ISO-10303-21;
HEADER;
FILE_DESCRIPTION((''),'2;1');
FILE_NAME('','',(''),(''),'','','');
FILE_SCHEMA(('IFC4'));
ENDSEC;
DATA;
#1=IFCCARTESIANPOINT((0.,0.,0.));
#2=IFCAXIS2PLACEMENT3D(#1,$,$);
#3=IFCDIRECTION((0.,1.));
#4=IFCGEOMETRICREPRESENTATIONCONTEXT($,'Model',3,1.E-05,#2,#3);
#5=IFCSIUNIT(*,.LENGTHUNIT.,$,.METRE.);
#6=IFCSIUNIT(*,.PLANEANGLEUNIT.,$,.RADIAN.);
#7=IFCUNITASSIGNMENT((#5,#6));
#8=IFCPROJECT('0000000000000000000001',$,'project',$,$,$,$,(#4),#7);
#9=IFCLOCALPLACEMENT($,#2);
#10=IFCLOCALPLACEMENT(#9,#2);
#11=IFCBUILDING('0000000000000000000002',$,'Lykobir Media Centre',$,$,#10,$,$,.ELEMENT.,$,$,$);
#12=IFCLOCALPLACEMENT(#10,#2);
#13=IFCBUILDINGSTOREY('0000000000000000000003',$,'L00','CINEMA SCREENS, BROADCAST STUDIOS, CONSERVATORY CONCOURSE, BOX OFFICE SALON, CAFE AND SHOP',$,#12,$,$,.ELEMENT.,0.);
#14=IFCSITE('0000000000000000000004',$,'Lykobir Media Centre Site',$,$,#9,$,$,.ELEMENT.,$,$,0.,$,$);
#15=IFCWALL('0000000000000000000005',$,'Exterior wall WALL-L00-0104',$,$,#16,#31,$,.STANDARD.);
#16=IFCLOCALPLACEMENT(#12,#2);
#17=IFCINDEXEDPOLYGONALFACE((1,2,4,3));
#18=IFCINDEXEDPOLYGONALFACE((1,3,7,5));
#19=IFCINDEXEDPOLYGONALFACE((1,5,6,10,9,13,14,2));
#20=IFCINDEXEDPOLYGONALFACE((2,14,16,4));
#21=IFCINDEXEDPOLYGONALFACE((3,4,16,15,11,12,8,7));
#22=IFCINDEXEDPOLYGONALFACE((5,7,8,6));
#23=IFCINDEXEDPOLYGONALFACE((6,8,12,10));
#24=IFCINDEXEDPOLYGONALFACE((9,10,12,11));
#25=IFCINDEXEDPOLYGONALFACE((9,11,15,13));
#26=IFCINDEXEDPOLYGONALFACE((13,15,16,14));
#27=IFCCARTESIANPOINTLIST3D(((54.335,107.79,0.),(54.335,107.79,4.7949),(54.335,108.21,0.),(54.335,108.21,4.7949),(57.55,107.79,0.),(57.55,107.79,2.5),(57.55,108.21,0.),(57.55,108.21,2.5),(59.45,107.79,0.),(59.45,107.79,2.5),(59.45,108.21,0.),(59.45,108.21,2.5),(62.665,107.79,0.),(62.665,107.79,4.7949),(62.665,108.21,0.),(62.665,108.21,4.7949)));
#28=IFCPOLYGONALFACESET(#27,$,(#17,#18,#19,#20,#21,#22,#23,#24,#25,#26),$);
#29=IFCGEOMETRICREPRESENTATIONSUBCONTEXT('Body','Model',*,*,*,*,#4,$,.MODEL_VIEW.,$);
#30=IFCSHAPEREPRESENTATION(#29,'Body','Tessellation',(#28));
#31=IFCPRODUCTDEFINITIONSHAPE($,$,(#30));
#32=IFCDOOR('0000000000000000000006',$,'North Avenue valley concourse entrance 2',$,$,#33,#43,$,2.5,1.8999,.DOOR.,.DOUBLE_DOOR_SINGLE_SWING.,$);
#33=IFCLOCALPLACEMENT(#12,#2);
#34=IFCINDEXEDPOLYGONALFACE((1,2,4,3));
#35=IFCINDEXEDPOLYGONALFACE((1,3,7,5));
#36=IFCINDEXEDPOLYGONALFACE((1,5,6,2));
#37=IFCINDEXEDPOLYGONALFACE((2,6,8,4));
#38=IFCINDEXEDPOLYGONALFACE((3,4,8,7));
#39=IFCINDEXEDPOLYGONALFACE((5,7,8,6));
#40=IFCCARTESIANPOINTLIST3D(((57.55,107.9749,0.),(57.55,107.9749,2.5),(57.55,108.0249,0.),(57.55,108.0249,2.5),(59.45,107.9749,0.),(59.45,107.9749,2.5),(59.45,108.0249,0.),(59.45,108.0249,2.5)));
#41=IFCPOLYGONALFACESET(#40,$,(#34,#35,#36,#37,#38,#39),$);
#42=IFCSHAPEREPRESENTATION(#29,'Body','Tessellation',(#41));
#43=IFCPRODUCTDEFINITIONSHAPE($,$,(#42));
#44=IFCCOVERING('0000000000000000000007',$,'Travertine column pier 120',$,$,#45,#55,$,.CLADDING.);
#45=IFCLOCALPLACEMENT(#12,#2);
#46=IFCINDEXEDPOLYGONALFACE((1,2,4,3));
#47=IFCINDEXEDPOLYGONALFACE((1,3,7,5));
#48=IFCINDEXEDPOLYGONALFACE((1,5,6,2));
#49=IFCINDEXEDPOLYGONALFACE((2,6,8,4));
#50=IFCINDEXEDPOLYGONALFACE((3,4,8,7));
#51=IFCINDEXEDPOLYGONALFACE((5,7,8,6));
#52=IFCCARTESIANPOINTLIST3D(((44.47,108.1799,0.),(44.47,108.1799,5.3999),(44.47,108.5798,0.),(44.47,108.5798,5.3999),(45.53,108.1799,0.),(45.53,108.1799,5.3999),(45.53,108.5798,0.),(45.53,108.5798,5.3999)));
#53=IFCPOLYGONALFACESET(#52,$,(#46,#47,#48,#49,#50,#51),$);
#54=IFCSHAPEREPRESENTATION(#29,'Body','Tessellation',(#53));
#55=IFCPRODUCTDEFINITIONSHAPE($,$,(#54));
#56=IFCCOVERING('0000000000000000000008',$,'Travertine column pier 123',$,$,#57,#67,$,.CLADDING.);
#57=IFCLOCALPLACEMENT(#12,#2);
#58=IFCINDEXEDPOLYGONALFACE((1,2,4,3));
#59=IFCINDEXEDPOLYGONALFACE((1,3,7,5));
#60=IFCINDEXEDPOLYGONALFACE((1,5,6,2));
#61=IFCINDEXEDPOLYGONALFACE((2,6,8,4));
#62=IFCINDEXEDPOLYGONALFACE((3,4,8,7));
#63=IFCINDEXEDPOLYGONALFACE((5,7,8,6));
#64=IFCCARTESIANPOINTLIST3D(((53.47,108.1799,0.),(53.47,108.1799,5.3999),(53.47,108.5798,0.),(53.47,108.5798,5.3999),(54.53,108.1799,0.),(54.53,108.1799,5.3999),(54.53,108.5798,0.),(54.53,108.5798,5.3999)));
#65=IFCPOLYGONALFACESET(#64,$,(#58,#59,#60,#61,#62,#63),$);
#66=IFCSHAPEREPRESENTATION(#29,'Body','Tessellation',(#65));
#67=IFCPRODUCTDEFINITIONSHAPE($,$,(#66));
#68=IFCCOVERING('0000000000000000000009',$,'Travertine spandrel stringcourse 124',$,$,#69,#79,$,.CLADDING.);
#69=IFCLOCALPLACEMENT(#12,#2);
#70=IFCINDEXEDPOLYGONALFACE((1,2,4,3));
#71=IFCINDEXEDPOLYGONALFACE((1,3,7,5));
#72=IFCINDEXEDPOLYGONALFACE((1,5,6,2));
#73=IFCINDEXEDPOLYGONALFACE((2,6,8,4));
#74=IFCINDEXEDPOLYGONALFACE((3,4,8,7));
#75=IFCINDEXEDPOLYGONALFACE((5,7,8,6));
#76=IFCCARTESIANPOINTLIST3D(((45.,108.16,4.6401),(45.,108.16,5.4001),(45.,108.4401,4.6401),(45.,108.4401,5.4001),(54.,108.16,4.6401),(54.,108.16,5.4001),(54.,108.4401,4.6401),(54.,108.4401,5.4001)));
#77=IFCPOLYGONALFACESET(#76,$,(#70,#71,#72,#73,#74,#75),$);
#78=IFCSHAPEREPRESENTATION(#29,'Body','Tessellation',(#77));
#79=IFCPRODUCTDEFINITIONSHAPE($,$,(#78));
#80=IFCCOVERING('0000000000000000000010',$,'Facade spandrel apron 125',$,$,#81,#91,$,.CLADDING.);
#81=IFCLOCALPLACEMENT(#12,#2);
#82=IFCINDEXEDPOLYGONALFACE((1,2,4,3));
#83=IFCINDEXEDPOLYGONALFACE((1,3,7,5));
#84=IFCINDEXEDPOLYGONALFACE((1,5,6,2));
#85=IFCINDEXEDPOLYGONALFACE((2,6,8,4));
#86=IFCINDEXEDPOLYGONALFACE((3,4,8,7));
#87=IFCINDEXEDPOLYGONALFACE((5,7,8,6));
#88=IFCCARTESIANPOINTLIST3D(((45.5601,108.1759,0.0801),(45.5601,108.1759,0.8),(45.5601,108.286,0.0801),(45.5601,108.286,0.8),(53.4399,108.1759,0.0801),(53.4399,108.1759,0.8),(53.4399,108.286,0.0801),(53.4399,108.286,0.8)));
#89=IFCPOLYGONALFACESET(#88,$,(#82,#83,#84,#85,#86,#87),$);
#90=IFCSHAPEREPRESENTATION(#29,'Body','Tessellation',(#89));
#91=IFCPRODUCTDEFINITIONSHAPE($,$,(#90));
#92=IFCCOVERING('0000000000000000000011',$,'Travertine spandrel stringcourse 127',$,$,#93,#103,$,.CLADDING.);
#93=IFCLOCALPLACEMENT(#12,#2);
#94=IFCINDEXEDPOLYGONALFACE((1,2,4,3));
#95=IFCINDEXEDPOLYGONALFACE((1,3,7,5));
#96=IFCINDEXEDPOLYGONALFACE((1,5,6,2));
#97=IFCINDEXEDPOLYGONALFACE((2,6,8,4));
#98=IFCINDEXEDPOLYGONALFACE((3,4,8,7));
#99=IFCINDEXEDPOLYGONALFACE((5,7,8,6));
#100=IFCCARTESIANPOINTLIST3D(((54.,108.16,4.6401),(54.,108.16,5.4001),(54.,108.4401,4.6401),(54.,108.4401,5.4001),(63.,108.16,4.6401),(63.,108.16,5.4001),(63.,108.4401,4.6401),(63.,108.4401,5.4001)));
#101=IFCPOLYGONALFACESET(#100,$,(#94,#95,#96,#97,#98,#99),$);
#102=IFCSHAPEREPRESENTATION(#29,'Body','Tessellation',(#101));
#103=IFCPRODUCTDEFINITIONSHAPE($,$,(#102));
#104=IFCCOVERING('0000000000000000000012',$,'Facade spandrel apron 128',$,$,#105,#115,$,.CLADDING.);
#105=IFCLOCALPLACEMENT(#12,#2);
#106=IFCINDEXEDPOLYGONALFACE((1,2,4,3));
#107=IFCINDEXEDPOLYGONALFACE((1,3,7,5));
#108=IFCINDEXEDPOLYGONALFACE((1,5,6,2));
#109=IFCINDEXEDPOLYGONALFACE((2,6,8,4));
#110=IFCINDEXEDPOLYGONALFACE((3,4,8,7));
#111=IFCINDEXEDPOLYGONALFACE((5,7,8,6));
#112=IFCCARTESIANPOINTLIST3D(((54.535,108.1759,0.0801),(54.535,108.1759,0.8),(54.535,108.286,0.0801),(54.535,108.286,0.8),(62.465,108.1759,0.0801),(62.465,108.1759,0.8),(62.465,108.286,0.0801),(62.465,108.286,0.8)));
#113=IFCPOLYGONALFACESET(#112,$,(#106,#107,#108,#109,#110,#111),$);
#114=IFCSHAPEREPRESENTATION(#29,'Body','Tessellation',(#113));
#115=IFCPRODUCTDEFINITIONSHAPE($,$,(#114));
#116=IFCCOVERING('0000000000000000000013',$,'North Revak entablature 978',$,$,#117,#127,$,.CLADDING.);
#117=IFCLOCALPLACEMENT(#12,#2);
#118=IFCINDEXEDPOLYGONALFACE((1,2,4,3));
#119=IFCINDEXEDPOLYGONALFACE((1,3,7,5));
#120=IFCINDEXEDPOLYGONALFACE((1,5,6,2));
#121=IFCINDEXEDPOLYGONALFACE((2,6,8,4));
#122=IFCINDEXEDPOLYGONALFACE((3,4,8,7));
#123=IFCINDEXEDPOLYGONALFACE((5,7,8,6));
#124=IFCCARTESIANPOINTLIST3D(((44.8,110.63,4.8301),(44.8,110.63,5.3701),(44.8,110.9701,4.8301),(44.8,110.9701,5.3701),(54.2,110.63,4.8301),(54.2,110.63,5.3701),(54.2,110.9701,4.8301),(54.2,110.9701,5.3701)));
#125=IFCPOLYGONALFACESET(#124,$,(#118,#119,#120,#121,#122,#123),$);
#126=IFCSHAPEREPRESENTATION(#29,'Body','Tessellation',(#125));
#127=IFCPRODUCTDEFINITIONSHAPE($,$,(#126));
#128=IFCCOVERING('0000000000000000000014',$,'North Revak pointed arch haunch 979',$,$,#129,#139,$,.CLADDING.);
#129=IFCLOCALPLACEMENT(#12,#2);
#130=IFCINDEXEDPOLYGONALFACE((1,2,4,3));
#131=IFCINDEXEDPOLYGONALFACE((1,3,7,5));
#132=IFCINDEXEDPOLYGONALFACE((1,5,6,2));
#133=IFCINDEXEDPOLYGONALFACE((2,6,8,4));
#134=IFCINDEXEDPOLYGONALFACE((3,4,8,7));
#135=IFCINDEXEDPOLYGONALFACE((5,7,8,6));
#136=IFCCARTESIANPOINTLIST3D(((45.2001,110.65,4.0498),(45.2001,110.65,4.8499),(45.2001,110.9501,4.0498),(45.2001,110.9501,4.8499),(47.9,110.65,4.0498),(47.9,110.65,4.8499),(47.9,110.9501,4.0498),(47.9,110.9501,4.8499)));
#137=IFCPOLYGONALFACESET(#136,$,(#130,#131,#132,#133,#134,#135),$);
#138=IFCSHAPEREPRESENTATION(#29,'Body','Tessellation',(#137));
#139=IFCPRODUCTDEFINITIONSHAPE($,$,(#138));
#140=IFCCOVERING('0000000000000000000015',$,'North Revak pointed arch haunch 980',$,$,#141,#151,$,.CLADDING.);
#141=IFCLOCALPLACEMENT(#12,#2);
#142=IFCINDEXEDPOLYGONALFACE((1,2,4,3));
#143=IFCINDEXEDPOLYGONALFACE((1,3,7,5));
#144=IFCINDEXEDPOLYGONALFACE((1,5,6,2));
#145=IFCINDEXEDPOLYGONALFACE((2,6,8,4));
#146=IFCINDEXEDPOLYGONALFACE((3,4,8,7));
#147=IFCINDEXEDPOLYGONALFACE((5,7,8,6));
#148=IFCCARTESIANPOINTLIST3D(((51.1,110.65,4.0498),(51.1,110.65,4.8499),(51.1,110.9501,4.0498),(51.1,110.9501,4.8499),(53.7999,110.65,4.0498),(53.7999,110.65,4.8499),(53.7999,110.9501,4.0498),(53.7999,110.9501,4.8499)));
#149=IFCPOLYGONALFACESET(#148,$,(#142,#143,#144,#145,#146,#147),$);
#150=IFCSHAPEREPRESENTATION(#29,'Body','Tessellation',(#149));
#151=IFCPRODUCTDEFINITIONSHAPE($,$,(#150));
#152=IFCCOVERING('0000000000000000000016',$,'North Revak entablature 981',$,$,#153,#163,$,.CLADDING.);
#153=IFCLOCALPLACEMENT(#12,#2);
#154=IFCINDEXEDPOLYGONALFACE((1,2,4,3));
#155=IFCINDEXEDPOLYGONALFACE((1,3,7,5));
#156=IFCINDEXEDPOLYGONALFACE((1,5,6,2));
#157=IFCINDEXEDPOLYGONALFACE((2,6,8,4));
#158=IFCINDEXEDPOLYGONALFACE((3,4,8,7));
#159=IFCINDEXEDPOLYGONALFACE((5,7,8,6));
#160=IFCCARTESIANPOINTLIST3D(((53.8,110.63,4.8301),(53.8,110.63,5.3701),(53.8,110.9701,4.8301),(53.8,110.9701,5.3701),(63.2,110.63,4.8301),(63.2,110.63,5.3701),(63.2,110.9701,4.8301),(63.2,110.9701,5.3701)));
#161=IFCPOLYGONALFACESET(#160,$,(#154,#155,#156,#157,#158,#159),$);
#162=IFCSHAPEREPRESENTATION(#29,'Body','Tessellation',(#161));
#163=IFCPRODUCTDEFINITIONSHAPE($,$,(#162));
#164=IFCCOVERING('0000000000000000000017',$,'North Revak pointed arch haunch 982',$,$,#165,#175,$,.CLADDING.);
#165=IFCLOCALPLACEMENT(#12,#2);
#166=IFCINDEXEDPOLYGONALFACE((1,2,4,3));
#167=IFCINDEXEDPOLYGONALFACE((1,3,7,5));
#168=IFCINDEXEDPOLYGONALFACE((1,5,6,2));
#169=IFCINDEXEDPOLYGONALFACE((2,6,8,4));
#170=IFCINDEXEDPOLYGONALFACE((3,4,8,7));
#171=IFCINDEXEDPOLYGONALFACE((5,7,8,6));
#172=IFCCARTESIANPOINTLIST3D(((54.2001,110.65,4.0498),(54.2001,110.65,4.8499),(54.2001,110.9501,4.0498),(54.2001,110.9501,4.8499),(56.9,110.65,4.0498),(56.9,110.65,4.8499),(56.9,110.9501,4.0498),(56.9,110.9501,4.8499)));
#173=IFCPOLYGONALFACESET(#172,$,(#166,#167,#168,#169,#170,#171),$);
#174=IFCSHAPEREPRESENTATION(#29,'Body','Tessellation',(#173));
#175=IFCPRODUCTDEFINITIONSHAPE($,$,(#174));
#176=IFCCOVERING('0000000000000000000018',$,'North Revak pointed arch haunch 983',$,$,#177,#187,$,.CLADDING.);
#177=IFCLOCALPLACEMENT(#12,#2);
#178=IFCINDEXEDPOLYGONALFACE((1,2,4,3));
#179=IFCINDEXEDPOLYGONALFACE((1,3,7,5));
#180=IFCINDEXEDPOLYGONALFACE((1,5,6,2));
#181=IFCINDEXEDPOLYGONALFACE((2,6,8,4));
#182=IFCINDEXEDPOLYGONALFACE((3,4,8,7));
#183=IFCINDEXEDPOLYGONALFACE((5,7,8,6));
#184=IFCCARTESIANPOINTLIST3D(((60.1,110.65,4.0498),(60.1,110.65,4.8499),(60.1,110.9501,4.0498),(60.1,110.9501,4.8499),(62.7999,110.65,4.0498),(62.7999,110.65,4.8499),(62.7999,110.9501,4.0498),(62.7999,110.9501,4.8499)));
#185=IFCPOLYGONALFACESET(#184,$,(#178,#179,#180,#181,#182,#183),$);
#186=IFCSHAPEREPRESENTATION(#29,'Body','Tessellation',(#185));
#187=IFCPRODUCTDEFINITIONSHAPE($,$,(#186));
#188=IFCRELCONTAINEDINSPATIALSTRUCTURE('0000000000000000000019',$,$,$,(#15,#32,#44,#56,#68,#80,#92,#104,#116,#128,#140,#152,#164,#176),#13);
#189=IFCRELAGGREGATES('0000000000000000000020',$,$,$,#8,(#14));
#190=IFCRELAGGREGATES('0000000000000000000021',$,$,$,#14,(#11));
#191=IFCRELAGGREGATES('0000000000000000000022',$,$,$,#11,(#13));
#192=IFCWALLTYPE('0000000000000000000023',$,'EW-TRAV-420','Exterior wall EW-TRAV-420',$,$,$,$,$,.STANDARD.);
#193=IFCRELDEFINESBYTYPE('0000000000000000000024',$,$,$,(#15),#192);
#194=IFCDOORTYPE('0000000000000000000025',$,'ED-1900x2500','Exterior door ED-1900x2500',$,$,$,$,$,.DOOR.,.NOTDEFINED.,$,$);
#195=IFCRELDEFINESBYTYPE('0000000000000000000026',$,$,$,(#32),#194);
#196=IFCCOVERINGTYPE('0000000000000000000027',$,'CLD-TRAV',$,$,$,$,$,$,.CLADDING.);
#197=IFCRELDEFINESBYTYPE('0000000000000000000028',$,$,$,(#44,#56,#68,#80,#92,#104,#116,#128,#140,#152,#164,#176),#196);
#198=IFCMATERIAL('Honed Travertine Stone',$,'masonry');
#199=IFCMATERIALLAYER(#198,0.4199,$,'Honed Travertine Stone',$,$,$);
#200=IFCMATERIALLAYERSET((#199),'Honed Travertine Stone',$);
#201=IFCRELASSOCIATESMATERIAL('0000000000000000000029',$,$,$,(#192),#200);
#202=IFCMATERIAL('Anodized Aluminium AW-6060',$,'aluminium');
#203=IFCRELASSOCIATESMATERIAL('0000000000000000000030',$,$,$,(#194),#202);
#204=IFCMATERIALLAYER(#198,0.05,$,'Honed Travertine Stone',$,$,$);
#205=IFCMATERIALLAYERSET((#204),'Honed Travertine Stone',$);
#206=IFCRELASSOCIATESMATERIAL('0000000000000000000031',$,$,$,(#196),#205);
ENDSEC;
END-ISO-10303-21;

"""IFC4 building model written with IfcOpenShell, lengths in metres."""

from ifc_helpers import new_model, si_unit, direction, frame, frame_2d, origin, origin_2d, place, context, subcontext, project, spatial, rectangle, extrude, material, layer, layer_set, type_object, element, fill, save


model = new_model("IFC4")

# Units and contexts
model_context = context("Model", 3, precision=1e-05, world=origin(), true_north=direction((0.0, 1.0)))
body_context = subcontext(model_context, "Body", "Model", "MODEL_VIEW")
ifc_project = project(units=[si_unit("LENGTHUNIT", "METRE"), si_unit("PLANEANGLEUNIT", "RADIAN")], contexts=[model_context])

# Site, building, storey
site_placement = place(None, origin())
site = spatial("IfcSite", under=ifc_project, at=site_placement, Name="Lykobir Media Centre Site", CompositionType="ELEMENT", RefElevation=0.0)
building_placement = place(site_placement, origin())
building = spatial("IfcBuilding", under=site, at=building_placement, Name="Lykobir Media Centre", CompositionType="ELEMENT")
storey_placement = place(building_placement, origin())
storey = spatial("IfcBuildingStorey", under=building, at=storey_placement, Name="L00", Description="CINEMA SCREENS, BROADCAST STUDIOS, CONSERVATORY CONCOURSE, BOX OFFICE SALON, CAFE AND SHOP", CompositionType="ELEMENT", Elevation=0.0)

# Shared definitions
ifc_material_1 = material(Name="Honed Travertine Stone", Category="masonry")

# Shared definitions
ifc_layer_1 = layer(ifc_material_1, 0.4199, Name="Honed Travertine Stone")
ifc_layer_set_1 = layer_set([ifc_layer_1], Name="Honed Travertine Stone")
wall_type = type_object("IfcWallType", Name="EW-TRAV-420", Description="Exterior wall EW-TRAV-420", PredefinedType="STANDARD", material=ifc_layer_set_1)

# Wall, opening, door
wall_1_placement = place(storey_placement, frame((62.665, 108.0, 0.0), z_axis=(0.0, 0.0, 1.0), x_axis=(-1.0, 0.0, 0.0)))
wall_1 = element("IfcWall", 1, at=wall_1_placement, inside=storey, type_object=wall_type, Name="Exterior wall WALL-L00-0104", PredefinedType="STANDARD", context=body_context, shape_type="SweptSolid", body=[
    extrude(rectangle(XDim=8.3301, YDim=0.4199, at=frame_2d((4.165, 0.0))), origin(), (0.0, 0.0, 1.0), 4.7949),
])
opening_1_placement = place(wall_1_placement, frame((3.2151, 0.0, 0.0)))
opening_1 = element("IfcOpeningElement", 2, at=opening_1_placement, cuts=wall_1, PredefinedType="OPENING", context=body_context, shape_type="SweptSolid", body=[
    extrude(rectangle(XDim=1.8999, YDim=2.5, at=frame_2d((0.95, 1.25))), frame((0.0, 0.22, 0.0), z_axis=(0.0, -1.0, 0.0), x_axis=(1.0, 0.0, 0.0)), (0.0, 0.0, 1.0), 0.4399),
])
ifc_material_2 = material(Name="Anodized Aluminium AW-6060", Category="aluminium")
door_type = type_object("IfcDoorType", Name="ED-1900x2500", Description="Exterior door ED-1900x2500", OperationType="NOTDEFINED", PredefinedType="DOOR", material=ifc_material_2)
door_placement = place(opening_1_placement, frame((1.8999, 0.0, 0.0), z_axis=(0.0, 0.0, 1.0), x_axis=(-1.0, 0.0, 0.0)))
door = element("IfcDoor", 3, at=door_placement, inside=storey, type_object=door_type, Name="North Avenue valley concourse entrance 2", OperationType="DOUBLE_DOOR_SINGLE_SWING", OverallHeight=2.5, OverallWidth=1.8999, PredefinedType="DOOR", context=body_context, shape_type="SweptSolid", body=[
    extrude(rectangle(XDim=1.8999, YDim=2.5, at=frame_2d((0.95, 1.25))), frame((0.0, 0.0249, 0.0), z_axis=(0.0, -1.0, 0.0), x_axis=(1.0, 0.0, 0.0)), (0.0, 0.0, 1.0), 0.05),
])
fill(opening_1, door)

# Coverings
ifc_layer_2 = layer(ifc_material_1, 0.05, Name="Honed Travertine Stone")
ifc_layer_set_2 = layer_set([ifc_layer_2], Name="Honed Travertine Stone")
covering_type = type_object("IfcCoveringType", Name="CLD-TRAV", PredefinedType="CLADDING", material=ifc_layer_set_2)
for number, where, z_axis, x_axis, name in (
    (4, (45.0, 108.3799, 0.0), (0.0, 0.0, 1.0), (-1.0, 0.0, 0.0), "Travertine column pier 120"),
    (5, (54.0, 108.3799, 0.0), (0.0, 0.0, 1.0), (-1.0, 0.0, 0.0), "Travertine column pier 123"),
):
    element("IfcCovering", number, at=place(storey_placement, frame(where, z_axis=z_axis, x_axis=x_axis)), inside=storey, type_object=covering_type, Name=name, PredefinedType="CLADDING", context=body_context, shape_type="SweptSolid", body=[
        extrude(rectangle(XDim=1.0601, YDim=0.3999, at=origin_2d()), origin(), (0.0, 0.0, 1.0), 5.3999),
    ])
covering_1_placement = place(storey_placement, frame((49.5, 108.3, 4.6401), z_axis=(0.0, 0.0, 1.0), x_axis=(-1.0, 0.0, 0.0)))
element("IfcCovering", 6, at=covering_1_placement, inside=storey, type_object=covering_type, Name="Travertine spandrel stringcourse 124", PredefinedType="CLADDING", context=body_context, shape_type="SweptSolid", body=[
    extrude(rectangle(XDim=9.0, YDim=0.28, at=origin_2d()), origin(), (0.0, 0.0, 1.0), 0.76),
])
covering_2_placement = place(storey_placement, frame((49.5, 108.231, 0.0801), z_axis=(0.0, 0.0, 1.0), x_axis=(-1.0, 0.0, 0.0)))
element("IfcCovering", 7, at=covering_2_placement, inside=storey, type_object=covering_type, Name="Facade spandrel apron 125", PredefinedType="CLADDING", context=body_context, shape_type="SweptSolid", body=[
    extrude(rectangle(XDim=7.8799, YDim=0.1101, at=origin_2d()), origin(), (0.0, 0.0, 1.0), 0.72),
])
covering_3_placement = place(storey_placement, frame((58.5, 108.3, 4.6401), z_axis=(0.0, 0.0, 1.0), x_axis=(-1.0, 0.0, 0.0)))
element("IfcCovering", 8, at=covering_3_placement, inside=storey, type_object=covering_type, Name="Travertine spandrel stringcourse 127", PredefinedType="CLADDING", context=body_context, shape_type="SweptSolid", body=[
    extrude(rectangle(XDim=9.0, YDim=0.28, at=origin_2d()), origin(), (0.0, 0.0, 1.0), 0.76),
])
covering_4_placement = place(storey_placement, frame((58.5, 108.231, 0.0801), z_axis=(0.0, 0.0, 1.0), x_axis=(-1.0, 0.0, 0.0)))
element("IfcCovering", 9, at=covering_4_placement, inside=storey, type_object=covering_type, Name="Facade spandrel apron 128", PredefinedType="CLADDING", context=body_context, shape_type="SweptSolid", body=[
    extrude(rectangle(XDim=7.9299, YDim=0.1101, at=origin_2d()), origin(), (0.0, 0.0, 1.0), 0.72),
])
covering_5_placement = place(storey_placement, frame((49.5, 110.8, 4.8301), z_axis=(0.0, 0.0, 1.0), x_axis=(1.0, 0.0, 0.0)))
element("IfcCovering", 10, at=covering_5_placement, inside=storey, type_object=covering_type, Name="North Revak entablature 978", PredefinedType="CLADDING", context=body_context, shape_type="SweptSolid", body=[
    extrude(rectangle(XDim=9.3999, YDim=0.3401, at=origin_2d()), origin(), (0.0, 0.0, 1.0), 0.54),
])
for number, where, z_axis, x_axis, name in (
    (11, (46.55, 110.8, 4.0498), (0.0, 0.0, 1.0), (1.0, 0.0, 0.0), "North Revak pointed arch haunch 979"),
    (12, (52.45, 110.8, 4.0498), (0.0, 0.0, 1.0), (1.0, 0.0, 0.0), "North Revak pointed arch haunch 980"),
):
    element("IfcCovering", number, at=place(storey_placement, frame(where, z_axis=z_axis, x_axis=x_axis)), inside=storey, type_object=covering_type, Name=name, PredefinedType="CLADDING", context=body_context, shape_type="SweptSolid", body=[
        extrude(rectangle(XDim=2.7, YDim=0.3, at=origin_2d()), origin(), (0.0, 0.0, 1.0), 0.8),
    ])
covering_6_placement = place(storey_placement, frame((58.5, 110.8, 4.8301), z_axis=(0.0, 0.0, 1.0), x_axis=(1.0, 0.0, 0.0)))
element("IfcCovering", 13, at=covering_6_placement, inside=storey, type_object=covering_type, Name="North Revak entablature 981", PredefinedType="CLADDING", context=body_context, shape_type="SweptSolid", body=[
    extrude(rectangle(XDim=9.3999, YDim=0.3401, at=origin_2d()), origin(), (0.0, 0.0, 1.0), 0.54),
])
for number, where, z_axis, x_axis, name in (
    (14, (55.55, 110.8, 4.0498), (0.0, 0.0, 1.0), (1.0, 0.0, 0.0), "North Revak pointed arch haunch 982"),
    (15, (61.45, 110.8, 4.0498), (0.0, 0.0, 1.0), (1.0, 0.0, 0.0), "North Revak pointed arch haunch 983"),
):
    element("IfcCovering", number, at=place(storey_placement, frame(where, z_axis=z_axis, x_axis=x_axis)), inside=storey, type_object=covering_type, Name=name, PredefinedType="CLADDING", context=body_context, shape_type="SweptSolid", body=[
        extrude(rectangle(XDim=2.7, YDim=0.3, at=origin_2d()), origin(), (0.0, 0.0, 1.0), 0.8),
    ])

save(model, "model.ifc")
